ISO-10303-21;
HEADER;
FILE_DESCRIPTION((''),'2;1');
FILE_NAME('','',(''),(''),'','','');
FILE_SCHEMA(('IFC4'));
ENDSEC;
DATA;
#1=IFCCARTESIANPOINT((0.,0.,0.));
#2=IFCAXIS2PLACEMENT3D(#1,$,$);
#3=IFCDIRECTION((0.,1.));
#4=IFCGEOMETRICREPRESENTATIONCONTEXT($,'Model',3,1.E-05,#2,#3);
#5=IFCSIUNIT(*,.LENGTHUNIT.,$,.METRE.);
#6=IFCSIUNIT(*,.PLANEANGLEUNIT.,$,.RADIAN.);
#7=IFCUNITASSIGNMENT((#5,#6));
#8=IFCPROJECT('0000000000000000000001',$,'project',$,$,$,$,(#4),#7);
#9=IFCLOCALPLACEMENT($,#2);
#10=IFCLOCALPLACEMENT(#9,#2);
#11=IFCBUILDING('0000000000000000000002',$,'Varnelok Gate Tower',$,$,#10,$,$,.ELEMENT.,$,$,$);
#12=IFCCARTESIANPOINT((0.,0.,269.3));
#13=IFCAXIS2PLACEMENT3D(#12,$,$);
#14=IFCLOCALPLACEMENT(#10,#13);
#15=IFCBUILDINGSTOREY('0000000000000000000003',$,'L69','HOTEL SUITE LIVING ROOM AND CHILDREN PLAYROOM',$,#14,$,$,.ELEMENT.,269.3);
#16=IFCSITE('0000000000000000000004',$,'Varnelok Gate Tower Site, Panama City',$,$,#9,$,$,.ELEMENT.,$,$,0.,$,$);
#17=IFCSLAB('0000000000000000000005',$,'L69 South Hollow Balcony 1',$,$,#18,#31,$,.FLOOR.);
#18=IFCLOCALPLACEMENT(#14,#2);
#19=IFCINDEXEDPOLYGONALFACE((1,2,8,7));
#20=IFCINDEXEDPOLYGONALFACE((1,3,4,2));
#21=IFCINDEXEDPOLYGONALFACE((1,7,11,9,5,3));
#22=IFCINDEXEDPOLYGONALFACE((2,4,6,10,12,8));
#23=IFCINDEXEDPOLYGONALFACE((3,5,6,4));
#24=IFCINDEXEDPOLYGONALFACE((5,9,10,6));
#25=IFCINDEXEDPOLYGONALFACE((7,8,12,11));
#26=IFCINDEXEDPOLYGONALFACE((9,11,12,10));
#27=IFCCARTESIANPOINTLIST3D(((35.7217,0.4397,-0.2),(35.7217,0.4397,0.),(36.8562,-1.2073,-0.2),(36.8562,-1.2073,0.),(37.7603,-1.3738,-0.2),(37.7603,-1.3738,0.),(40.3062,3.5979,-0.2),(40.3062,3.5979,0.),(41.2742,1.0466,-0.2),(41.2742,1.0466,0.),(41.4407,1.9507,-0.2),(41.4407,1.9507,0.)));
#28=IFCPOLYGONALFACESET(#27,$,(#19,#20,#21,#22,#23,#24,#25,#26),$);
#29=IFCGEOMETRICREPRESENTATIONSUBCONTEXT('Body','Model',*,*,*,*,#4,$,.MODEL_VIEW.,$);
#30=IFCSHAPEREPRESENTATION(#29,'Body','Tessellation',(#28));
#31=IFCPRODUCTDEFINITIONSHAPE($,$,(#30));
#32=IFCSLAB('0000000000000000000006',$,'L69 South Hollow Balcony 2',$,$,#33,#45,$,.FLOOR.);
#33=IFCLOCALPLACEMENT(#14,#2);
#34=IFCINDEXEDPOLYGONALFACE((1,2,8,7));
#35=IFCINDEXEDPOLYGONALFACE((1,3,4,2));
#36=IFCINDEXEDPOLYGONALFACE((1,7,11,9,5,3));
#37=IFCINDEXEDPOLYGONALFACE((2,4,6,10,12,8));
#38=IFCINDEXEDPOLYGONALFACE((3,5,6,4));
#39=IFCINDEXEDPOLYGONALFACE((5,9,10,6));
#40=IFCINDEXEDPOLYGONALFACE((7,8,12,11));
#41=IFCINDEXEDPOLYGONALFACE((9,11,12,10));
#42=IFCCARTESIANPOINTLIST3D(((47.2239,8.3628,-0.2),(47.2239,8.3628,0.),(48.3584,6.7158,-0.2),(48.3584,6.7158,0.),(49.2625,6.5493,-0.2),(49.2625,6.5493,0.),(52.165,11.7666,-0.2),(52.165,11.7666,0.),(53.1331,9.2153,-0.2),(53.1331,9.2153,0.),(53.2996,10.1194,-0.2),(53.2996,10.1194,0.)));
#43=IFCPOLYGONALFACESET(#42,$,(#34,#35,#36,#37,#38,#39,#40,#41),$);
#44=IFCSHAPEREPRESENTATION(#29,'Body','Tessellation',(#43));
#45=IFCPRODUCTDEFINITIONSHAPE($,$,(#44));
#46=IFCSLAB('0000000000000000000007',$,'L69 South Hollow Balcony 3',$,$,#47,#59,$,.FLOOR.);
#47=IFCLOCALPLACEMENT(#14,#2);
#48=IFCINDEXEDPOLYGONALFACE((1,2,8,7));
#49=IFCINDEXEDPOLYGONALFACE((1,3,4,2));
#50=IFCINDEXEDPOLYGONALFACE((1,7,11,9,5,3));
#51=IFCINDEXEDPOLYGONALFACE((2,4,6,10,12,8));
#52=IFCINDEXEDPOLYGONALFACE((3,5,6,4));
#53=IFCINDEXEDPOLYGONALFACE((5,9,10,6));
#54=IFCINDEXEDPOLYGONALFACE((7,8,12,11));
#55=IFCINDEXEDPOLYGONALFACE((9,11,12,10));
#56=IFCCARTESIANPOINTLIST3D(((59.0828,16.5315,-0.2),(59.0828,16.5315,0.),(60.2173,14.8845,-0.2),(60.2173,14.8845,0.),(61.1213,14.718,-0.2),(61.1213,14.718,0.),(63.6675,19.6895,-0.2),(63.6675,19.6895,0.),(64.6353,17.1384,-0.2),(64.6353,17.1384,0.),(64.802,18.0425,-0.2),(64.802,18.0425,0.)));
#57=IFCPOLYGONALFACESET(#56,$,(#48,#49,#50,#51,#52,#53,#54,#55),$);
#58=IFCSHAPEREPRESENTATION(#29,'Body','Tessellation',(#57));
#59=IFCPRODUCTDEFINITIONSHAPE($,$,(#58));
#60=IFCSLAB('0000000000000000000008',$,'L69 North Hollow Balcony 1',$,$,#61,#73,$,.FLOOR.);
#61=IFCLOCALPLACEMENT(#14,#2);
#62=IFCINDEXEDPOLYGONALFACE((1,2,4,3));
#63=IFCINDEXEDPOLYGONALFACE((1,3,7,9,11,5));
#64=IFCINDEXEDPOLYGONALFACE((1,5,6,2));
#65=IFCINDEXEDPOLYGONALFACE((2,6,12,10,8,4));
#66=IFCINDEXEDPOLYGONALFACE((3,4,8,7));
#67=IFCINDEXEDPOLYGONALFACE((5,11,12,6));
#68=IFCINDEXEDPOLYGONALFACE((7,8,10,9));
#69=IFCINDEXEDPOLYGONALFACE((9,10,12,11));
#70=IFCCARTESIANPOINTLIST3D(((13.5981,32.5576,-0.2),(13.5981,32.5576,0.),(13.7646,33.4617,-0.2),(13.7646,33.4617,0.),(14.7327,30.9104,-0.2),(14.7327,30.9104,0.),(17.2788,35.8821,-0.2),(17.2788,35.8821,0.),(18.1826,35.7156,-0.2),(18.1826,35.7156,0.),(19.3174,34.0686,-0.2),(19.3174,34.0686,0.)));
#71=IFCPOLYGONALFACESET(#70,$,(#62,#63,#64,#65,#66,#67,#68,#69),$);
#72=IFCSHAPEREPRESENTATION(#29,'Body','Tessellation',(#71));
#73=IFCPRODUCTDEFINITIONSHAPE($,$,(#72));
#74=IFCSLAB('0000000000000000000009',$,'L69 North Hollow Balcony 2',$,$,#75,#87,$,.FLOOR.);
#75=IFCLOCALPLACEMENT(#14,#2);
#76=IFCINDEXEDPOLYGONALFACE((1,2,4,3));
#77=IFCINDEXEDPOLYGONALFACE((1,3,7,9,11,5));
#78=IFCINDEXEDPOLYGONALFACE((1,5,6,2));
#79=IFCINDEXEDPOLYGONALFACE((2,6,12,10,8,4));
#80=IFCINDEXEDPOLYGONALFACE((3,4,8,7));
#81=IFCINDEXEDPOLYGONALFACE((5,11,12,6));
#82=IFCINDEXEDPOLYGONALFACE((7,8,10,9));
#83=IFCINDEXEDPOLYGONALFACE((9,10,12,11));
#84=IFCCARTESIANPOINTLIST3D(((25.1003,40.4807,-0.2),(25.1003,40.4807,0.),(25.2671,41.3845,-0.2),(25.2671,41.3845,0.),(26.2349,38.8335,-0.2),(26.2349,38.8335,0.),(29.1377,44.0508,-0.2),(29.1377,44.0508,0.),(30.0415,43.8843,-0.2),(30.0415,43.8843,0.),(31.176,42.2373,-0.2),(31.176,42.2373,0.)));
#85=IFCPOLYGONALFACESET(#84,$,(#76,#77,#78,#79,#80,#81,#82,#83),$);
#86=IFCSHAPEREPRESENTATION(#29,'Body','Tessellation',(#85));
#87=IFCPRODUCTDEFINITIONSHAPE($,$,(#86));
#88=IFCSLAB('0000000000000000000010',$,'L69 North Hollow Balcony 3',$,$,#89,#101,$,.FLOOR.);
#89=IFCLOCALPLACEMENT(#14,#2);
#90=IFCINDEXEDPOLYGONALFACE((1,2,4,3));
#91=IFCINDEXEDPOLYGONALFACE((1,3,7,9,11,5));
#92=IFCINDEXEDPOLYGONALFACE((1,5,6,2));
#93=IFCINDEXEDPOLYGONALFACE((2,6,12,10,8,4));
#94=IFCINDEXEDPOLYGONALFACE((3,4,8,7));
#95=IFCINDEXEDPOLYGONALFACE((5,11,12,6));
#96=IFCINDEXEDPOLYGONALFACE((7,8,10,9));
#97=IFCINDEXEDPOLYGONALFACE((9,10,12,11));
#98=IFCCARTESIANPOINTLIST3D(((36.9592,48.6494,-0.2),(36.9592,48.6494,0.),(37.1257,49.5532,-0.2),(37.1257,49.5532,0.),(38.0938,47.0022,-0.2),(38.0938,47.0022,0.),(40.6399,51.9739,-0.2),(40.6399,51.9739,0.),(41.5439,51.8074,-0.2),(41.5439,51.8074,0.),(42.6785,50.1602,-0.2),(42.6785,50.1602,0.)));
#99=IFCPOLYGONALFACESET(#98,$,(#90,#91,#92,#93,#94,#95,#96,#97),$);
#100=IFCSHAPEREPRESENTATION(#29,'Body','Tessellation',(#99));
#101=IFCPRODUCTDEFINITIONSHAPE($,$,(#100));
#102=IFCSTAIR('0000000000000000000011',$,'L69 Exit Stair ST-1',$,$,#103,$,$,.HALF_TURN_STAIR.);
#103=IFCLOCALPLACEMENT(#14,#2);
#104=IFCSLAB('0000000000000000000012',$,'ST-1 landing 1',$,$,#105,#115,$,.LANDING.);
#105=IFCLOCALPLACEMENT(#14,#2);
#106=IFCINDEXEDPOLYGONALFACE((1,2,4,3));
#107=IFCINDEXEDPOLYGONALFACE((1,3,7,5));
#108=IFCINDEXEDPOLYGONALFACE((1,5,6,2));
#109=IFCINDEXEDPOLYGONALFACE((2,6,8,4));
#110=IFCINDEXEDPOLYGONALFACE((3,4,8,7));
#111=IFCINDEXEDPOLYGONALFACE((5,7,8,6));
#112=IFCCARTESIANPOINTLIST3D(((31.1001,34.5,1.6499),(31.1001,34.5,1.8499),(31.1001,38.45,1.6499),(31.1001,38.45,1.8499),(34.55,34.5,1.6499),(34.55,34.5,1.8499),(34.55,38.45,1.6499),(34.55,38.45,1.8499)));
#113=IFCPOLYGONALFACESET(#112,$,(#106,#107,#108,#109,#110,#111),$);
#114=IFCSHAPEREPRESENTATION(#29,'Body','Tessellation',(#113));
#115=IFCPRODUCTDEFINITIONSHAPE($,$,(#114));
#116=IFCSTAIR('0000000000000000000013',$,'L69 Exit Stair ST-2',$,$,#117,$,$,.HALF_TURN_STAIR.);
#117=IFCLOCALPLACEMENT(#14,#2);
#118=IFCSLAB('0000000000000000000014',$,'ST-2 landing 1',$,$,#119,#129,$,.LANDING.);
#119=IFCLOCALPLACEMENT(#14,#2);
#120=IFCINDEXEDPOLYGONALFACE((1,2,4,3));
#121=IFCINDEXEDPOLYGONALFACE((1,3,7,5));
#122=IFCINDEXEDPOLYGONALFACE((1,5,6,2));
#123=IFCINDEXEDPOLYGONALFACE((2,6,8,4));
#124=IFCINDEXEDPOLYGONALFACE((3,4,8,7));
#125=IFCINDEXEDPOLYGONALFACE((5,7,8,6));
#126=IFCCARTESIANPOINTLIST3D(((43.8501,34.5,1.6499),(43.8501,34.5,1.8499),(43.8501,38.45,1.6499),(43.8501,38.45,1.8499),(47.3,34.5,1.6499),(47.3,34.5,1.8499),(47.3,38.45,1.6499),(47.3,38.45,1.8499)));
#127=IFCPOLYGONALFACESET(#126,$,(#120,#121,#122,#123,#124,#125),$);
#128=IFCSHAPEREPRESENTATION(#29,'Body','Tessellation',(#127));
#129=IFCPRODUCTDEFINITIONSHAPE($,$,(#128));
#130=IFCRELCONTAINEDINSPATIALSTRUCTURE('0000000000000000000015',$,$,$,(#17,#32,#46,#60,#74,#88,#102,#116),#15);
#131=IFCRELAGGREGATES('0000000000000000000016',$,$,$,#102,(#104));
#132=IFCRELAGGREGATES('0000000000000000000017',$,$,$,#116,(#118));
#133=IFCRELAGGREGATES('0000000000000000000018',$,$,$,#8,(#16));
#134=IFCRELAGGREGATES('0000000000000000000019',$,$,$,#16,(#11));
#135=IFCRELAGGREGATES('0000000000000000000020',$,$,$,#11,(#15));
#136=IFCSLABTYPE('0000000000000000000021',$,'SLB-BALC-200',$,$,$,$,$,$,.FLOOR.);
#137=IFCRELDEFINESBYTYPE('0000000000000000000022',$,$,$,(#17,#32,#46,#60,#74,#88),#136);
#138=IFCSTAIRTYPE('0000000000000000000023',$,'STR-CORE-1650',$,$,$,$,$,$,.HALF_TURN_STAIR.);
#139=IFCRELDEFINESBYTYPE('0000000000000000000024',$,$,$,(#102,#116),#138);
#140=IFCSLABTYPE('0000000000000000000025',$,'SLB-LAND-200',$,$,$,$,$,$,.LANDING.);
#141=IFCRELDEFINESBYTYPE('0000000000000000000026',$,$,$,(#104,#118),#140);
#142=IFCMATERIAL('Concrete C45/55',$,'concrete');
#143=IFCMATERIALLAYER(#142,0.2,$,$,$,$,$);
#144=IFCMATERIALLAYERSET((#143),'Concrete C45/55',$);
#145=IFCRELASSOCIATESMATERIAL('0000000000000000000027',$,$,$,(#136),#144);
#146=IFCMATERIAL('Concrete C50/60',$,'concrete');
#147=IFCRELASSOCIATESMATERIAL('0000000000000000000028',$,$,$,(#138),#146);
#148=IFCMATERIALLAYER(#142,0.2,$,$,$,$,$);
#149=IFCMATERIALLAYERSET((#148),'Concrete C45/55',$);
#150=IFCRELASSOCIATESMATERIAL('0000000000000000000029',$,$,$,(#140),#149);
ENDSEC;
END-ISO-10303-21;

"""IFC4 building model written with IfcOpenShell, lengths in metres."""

from ifc_helpers import new_model, si_unit, direction, frame, origin, place, context, subcontext, project, spatial, polyline, outline, extrude, material, layer, layer_set, type_object, element, aggregate, save


model = new_model("IFC4")

# Units and contexts
model_context = context("Model", 3, precision=1e-05, world=origin(), true_north=direction((0.0, 1.0)))
body_context = subcontext(model_context, "Body", "Model", "MODEL_VIEW")
ifc_project = project(units=[si_unit("LENGTHUNIT", "METRE"), si_unit("PLANEANGLEUNIT", "RADIAN")], contexts=[model_context])

# Site, building, storey
site_placement = place(None, origin())
site = spatial("IfcSite", under=ifc_project, at=site_placement, Name="Varnelok Gate Tower Site, Panama City", CompositionType="ELEMENT", RefElevation=0.0)
building_placement = place(site_placement, origin())
building = spatial("IfcBuilding", under=site, at=building_placement, Name="Varnelok Gate Tower", CompositionType="ELEMENT")
storey_placement = place(building_placement, frame((0.0, 0.0, 269.3)))
storey = spatial("IfcBuildingStorey", under=building, at=storey_placement, Name="L69", Description="HOTEL SUITE LIVING ROOM AND CHILDREN PLAYROOM", CompositionType="ELEMENT", Elevation=269.3)

# Slabs
ifc_material_1 = material(Name="Concrete C45/55", Category="concrete")
ifc_layer_1 = layer(ifc_material_1, 0.2)
ifc_layer_set_1 = layer_set([ifc_layer_1], Name="Concrete C45/55")
slab_type_1 = type_object("IfcSlabType", Name="SLB-BALC-200", PredefinedType="FLOOR", material=ifc_layer_set_1)
slab_1_placement = place(storey_placement, frame((0.0, 0.0, -0.2)))
element("IfcSlab", 1, at=slab_1_placement, inside=storey, type_object=slab_type_1, Name="L69 South Hollow Balcony 1", PredefinedType="FLOOR", context=body_context, shape_type="SweptSolid", body=[
    extrude(outline(polyline([(36.8562, -1.2073), (37.7603, -1.3738), (41.2742, 1.0466), (41.4407, 1.9507), (40.3062, 3.5979), (35.7217, 0.4397), (36.8562, -1.2073)])), origin(), (0.0, 0.0, 1.0), 0.2),
])
slab_2_placement = place(storey_placement, frame((0.0, 0.0, -0.2)))
element("IfcSlab", 2, at=slab_2_placement, inside=storey, type_object=slab_type_1, Name="L69 South Hollow Balcony 2", PredefinedType="FLOOR", context=body_context, shape_type="SweptSolid", body=[
    extrude(outline(polyline([(48.3584, 6.7158), (49.2625, 6.5493), (53.1331, 9.2153), (53.2996, 10.1194), (52.165, 11.7666), (47.2239, 8.3628), (48.3584, 6.7158)])), origin(), (0.0, 0.0, 1.0), 0.2),
])
slab_3_placement = place(storey_placement, frame((0.0, 0.0, -0.2)))
element("IfcSlab", 3, at=slab_3_placement, inside=storey, type_object=slab_type_1, Name="L69 South Hollow Balcony 3", PredefinedType="FLOOR", context=body_context, shape_type="SweptSolid", body=[
    extrude(outline(polyline([(60.2173, 14.8845), (61.1213, 14.718), (64.6353, 17.1384), (64.802, 18.0425), (63.6675, 19.6895), (59.0828, 16.5315), (60.2173, 14.8845)])), origin(), (0.0, 0.0, 1.0), 0.2),
])
slab_4_placement = place(storey_placement, frame((0.0, 0.0, -0.2)))
element("IfcSlab", 4, at=slab_4_placement, inside=storey, type_object=slab_type_1, Name="L69 North Hollow Balcony 1", PredefinedType="FLOOR", context=body_context, shape_type="SweptSolid", body=[
    extrude(outline(polyline([(14.7327, 30.9104), (19.3174, 34.0686), (18.1826, 35.7156), (17.2788, 35.8821), (13.7646, 33.4617), (13.5981, 32.5576), (14.7327, 30.9104)])), origin(), (0.0, 0.0, 1.0), 0.2),
])
slab_5_placement = place(storey_placement, frame((0.0, 0.0, -0.2)))
element("IfcSlab", 5, at=slab_5_placement, inside=storey, type_object=slab_type_1, Name="L69 North Hollow Balcony 2", PredefinedType="FLOOR", context=body_context, shape_type="SweptSolid", body=[
    extrude(outline(polyline([(26.2349, 38.8335), (31.176, 42.2373), (30.0415, 43.8843), (29.1377, 44.0508), (25.2671, 41.3845), (25.1003, 40.4807), (26.2349, 38.8335)])), origin(), (0.0, 0.0, 1.0), 0.2),
])
slab_6_placement = place(storey_placement, frame((0.0, 0.0, -0.2)))
element("IfcSlab", 6, at=slab_6_placement, inside=storey, type_object=slab_type_1, Name="L69 North Hollow Balcony 3", PredefinedType="FLOOR", context=body_context, shape_type="SweptSolid", body=[
    extrude(outline(polyline([(38.0938, 47.0022), (42.6785, 50.1602), (41.5439, 51.8074), (40.6399, 51.9739), (37.1257, 49.5532), (36.9592, 48.6494), (38.0938, 47.0022)])), origin(), (0.0, 0.0, 1.0), 0.2),
])

# Stairs, slabs
ifc_material_2 = material(Name="Concrete C50/60", Category="concrete")
stair_type = type_object("IfcStairType", Name="STR-CORE-1650", PredefinedType="HALF_TURN_STAIR", material=ifc_material_2)
stair_1_placement = place(storey_placement, origin())
stair_1 = element("IfcStair", 7, at=stair_1_placement, inside=storey, type_object=stair_type, Name="L69 Exit Stair ST-1", PredefinedType="HALF_TURN_STAIR")
ifc_layer_2 = layer(ifc_material_1, 0.2)
ifc_layer_set_2 = layer_set([ifc_layer_2], Name="Concrete C45/55")
slab_type_2 = type_object("IfcSlabType", Name="SLB-LAND-200", PredefinedType="LANDING", material=ifc_layer_set_2)
slab_7_placement = place(storey_placement, frame((0.0, 0.0, 1.6499)))
slab_7 = element("IfcSlab", 8, at=slab_7_placement, type_object=slab_type_2, Name="ST-1 landing 1", PredefinedType="LANDING", context=body_context, shape_type="SweptSolid", body=[
    extrude(outline(polyline([(34.55, 34.5), (34.55, 38.45), (31.1001, 38.45), (31.1001, 34.5), (34.55, 34.5)])), origin(), (0.0, 0.0, 1.0), 0.2),
])
aggregate(stair_1, [slab_7])
stair_2_placement = place(storey_placement, origin())
stair_2 = element("IfcStair", 9, at=stair_2_placement, inside=storey, type_object=stair_type, Name="L69 Exit Stair ST-2", PredefinedType="HALF_TURN_STAIR")
slab_8_placement = place(storey_placement, frame((0.0, 0.0, 1.6499)))
slab_8 = element("IfcSlab", 10, at=slab_8_placement, type_object=slab_type_2, Name="ST-2 landing 1", PredefinedType="LANDING", context=body_context, shape_type="SweptSolid", body=[
    extrude(outline(polyline([(47.3, 34.5), (47.3, 38.45), (43.8501, 38.45), (43.8501, 34.5), (47.3, 34.5)])), origin(), (0.0, 0.0, 1.0), 0.2),
])
aggregate(stair_2, [slab_8])

save(model, "model.ifc")
